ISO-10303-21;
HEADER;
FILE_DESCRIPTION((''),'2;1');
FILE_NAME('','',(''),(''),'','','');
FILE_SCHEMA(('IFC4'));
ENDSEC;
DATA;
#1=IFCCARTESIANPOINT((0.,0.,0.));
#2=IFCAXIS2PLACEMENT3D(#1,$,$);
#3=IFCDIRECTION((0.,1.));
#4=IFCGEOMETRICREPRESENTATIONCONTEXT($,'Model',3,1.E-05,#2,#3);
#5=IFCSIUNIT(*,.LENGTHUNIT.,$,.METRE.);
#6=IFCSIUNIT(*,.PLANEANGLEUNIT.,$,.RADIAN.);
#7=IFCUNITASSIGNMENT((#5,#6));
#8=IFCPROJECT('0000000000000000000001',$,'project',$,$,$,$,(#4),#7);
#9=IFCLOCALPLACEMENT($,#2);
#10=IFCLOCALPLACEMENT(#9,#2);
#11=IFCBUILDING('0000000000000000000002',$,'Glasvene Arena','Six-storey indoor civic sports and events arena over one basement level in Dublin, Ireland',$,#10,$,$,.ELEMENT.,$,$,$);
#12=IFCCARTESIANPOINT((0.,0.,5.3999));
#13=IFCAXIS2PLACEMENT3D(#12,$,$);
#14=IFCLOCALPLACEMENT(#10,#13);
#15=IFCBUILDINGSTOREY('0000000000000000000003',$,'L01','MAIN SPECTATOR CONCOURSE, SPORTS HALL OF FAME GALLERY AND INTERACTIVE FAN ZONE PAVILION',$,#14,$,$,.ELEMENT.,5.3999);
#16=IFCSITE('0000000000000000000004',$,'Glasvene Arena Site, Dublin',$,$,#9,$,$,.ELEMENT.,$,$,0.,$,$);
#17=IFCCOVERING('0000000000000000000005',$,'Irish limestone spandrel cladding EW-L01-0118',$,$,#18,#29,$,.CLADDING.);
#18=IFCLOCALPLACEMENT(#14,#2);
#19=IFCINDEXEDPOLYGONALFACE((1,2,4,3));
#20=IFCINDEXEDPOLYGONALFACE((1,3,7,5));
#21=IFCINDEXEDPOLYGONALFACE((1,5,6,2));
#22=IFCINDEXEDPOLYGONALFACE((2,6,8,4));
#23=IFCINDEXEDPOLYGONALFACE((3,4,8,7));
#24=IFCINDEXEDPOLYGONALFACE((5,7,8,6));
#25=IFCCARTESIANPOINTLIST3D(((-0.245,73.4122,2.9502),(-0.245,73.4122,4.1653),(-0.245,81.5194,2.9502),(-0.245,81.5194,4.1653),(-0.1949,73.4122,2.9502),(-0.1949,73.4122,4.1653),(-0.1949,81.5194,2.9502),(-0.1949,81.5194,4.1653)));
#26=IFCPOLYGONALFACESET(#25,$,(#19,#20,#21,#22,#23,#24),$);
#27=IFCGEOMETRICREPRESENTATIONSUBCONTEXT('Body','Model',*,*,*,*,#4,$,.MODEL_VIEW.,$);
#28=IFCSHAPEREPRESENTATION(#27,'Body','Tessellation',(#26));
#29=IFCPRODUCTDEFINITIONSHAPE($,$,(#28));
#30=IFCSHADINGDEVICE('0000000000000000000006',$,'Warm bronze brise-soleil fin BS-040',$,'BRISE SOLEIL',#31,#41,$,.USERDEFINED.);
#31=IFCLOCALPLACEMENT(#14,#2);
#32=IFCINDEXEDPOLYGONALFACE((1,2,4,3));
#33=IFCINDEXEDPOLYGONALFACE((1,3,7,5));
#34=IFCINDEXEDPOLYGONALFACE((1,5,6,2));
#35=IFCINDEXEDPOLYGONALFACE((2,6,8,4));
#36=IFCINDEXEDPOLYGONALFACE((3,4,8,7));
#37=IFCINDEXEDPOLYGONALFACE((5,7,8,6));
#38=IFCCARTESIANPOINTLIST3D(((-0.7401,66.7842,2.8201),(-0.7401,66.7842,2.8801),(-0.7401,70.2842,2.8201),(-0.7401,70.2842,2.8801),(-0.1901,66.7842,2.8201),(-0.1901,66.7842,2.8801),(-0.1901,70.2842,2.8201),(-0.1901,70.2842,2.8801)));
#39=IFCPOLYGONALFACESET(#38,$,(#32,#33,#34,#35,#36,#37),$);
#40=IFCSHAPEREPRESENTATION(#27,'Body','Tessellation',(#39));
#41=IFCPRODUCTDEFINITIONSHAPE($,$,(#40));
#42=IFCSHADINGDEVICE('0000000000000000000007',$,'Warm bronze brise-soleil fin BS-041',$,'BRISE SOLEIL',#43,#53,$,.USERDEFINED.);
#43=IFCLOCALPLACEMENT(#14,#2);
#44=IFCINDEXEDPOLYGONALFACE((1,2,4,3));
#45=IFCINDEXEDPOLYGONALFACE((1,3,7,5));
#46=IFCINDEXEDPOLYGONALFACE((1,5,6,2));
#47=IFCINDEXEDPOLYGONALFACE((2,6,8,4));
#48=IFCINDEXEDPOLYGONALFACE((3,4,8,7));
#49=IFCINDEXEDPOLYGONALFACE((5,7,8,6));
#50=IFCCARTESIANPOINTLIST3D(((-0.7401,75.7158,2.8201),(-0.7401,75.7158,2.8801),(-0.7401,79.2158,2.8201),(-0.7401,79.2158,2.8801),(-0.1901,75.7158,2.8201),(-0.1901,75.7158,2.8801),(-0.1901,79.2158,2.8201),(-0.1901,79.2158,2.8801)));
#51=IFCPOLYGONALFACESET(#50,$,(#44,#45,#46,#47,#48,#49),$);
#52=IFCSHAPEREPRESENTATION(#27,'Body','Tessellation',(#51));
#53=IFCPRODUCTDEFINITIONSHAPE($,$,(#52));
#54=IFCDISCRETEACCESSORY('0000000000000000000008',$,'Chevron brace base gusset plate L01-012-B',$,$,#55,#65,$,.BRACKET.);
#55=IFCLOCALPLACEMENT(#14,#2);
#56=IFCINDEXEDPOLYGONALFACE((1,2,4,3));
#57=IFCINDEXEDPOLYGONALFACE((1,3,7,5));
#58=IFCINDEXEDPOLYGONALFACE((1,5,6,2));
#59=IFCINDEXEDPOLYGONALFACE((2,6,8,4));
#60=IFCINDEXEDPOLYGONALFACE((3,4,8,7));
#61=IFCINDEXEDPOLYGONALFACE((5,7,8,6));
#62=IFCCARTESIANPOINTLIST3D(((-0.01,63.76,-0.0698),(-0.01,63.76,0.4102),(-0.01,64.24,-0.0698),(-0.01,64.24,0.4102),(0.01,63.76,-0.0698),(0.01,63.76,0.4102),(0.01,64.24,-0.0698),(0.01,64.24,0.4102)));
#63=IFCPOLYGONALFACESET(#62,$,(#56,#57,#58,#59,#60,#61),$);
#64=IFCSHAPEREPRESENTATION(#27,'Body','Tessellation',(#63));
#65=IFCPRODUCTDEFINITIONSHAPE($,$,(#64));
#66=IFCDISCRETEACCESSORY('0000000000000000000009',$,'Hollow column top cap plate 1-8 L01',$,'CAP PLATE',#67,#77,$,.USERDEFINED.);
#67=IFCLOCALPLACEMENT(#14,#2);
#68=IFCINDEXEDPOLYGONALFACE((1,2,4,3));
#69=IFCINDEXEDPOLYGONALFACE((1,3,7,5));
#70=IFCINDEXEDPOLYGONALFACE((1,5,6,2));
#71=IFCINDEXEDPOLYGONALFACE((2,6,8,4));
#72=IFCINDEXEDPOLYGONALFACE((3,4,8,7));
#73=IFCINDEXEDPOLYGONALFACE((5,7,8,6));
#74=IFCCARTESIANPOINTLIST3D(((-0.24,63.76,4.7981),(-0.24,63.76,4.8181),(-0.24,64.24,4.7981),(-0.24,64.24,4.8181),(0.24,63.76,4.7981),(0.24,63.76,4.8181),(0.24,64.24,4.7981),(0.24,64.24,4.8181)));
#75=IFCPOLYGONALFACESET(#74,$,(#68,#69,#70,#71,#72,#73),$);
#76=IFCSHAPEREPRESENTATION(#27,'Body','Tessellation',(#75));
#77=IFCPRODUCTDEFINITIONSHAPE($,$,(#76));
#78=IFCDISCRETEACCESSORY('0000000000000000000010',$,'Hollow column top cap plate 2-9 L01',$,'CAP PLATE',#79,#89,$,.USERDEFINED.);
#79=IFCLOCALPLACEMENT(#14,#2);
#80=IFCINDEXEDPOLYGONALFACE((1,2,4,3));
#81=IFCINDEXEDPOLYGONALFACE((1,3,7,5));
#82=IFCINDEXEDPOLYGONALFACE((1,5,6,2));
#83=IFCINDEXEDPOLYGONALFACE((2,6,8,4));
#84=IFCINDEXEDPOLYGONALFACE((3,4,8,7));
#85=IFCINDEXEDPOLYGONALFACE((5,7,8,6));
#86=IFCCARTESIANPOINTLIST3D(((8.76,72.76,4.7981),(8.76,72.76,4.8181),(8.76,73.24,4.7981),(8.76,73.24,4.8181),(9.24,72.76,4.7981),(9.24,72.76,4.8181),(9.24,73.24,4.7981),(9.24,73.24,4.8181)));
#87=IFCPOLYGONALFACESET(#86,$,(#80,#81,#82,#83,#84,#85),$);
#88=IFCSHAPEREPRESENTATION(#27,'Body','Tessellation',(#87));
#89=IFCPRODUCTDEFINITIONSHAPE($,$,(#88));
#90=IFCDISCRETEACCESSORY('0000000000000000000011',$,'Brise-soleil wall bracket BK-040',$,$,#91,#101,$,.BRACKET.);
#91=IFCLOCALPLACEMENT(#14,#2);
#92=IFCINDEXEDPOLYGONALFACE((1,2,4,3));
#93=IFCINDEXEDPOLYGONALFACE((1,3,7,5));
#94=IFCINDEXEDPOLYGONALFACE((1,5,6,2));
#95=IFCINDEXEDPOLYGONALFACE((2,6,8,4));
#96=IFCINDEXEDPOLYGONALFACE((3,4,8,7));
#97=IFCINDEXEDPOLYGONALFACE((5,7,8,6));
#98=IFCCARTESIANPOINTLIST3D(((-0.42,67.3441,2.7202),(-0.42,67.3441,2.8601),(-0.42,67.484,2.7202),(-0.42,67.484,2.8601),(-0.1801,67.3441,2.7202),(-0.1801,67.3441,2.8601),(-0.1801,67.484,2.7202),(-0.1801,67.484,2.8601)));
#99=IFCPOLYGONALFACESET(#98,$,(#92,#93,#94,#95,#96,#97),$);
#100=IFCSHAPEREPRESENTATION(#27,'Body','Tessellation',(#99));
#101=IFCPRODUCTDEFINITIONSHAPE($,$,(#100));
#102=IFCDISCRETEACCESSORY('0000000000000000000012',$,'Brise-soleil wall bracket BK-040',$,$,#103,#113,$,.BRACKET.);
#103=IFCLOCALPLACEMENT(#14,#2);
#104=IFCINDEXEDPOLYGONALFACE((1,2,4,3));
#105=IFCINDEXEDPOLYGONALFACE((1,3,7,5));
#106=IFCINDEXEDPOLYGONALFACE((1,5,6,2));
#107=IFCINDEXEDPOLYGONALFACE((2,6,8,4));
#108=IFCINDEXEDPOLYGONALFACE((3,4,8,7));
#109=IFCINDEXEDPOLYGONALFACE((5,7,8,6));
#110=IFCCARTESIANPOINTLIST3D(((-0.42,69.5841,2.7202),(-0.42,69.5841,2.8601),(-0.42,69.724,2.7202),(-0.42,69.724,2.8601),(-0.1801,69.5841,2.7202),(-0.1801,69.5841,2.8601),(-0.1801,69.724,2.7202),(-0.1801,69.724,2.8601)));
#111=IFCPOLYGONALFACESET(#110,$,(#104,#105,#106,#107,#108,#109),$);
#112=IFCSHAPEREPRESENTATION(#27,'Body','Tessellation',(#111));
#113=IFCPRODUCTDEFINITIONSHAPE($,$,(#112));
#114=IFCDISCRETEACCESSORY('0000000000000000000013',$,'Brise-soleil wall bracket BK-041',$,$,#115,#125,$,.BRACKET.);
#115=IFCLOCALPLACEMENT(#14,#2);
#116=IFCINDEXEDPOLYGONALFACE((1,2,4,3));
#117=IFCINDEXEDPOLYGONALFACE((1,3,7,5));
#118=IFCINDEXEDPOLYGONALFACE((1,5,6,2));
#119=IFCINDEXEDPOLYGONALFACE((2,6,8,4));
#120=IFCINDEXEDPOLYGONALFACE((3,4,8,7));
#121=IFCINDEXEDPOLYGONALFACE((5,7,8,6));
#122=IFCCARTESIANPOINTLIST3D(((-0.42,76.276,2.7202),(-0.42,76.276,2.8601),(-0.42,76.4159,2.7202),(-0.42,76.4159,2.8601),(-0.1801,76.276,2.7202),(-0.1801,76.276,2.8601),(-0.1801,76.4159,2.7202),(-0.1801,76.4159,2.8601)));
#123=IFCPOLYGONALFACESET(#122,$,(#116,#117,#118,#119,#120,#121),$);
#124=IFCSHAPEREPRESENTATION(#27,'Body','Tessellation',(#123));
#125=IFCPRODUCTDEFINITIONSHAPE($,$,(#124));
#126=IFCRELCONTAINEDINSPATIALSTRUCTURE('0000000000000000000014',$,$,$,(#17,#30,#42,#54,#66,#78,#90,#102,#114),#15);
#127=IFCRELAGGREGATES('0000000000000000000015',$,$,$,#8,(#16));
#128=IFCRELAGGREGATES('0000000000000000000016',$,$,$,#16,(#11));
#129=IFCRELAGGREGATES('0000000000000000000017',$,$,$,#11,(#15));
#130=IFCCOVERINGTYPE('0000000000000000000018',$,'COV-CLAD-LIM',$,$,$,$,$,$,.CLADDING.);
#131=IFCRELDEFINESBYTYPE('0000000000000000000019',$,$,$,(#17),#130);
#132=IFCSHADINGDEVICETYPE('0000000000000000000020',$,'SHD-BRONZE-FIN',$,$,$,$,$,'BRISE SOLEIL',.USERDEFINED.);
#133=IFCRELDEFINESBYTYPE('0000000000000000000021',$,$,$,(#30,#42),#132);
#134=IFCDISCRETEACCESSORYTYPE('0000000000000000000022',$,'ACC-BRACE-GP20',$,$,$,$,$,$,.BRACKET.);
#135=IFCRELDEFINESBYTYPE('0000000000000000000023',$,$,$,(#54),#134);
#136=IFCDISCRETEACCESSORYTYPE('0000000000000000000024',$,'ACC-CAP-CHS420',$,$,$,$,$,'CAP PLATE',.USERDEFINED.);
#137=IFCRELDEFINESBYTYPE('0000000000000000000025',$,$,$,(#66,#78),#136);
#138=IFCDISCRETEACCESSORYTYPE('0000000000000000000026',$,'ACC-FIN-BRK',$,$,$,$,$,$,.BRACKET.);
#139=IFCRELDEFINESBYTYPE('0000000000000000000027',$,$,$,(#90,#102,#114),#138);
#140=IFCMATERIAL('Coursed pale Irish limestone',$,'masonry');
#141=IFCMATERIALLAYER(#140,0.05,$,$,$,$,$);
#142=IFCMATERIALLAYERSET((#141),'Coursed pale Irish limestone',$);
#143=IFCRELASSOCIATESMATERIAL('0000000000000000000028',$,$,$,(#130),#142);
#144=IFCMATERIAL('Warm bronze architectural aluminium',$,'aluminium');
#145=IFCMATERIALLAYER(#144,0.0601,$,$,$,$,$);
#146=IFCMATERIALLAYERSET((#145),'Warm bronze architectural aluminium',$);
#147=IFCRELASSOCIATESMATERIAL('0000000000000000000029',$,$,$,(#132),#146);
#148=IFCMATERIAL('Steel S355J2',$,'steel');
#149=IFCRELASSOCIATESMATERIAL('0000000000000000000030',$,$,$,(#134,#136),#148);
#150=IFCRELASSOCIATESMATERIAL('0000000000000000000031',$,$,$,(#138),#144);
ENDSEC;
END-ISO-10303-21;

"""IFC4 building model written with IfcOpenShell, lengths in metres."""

from ifc_helpers import new_model, si_unit, direction, frame, origin, origin_2d, place, context, subcontext, project, spatial, rectangle, extrude, material, layer, layer_set, type_object, element, save


model = new_model("IFC4")

# Units and contexts
model_context = context("Model", 3, precision=1e-05, world=origin(), true_north=direction((0.0, 1.0)))
body_context = subcontext(model_context, "Body", "Model", "MODEL_VIEW")
ifc_project = project(units=[si_unit("LENGTHUNIT", "METRE"), si_unit("PLANEANGLEUNIT", "RADIAN")], contexts=[model_context])

# Site, building, storey
site_placement = place(None, origin())
site = spatial("IfcSite", under=ifc_project, at=site_placement, Name="Glasvene Arena Site, Dublin", CompositionType="ELEMENT", RefElevation=0.0)
building_placement = place(site_placement, origin())
building = spatial("IfcBuilding", under=site, at=building_placement, Name="Glasvene Arena", Description="Six-storey indoor civic sports and events arena over one basement level in Dublin, Ireland", CompositionType="ELEMENT")
storey_placement = place(building_placement, frame((0.0, 0.0, 5.3999)))
storey = spatial("IfcBuildingStorey", under=building, at=storey_placement, Name="L01", Description="MAIN SPECTATOR CONCOURSE, SPORTS HALL OF FAME GALLERY AND INTERACTIVE FAN ZONE PAVILION", CompositionType="ELEMENT", Elevation=5.3999)

# Shared definitions
ifc_material_1 = material(Name="Steel S355J2", Category="steel")

# Shared definitions
ifc_material_2 = material(Name="Coursed pale Irish limestone", Category="masonry")

# Covering
ifc_layer_1 = layer(ifc_material_2, 0.05)
ifc_layer_set_1 = layer_set([ifc_layer_1], Name="Coursed pale Irish limestone")
covering_type = type_object("IfcCoveringType", Name="COV-CLAD-LIM", PredefinedType="CLADDING", material=ifc_layer_set_1)
covering_placement = place(storey_placement, frame((-0.22, 77.4658, 2.9502), z_axis=(0.0, 0.0, 1.0), x_axis=(0.0, 1.0, 0.0)))
element("IfcCovering", 1, at=covering_placement, inside=storey, type_object=covering_type, Name="Irish limestone spandrel cladding EW-L01-0118", PredefinedType="CLADDING", context=body_context, shape_type="SweptSolid", body=[
    extrude(rectangle(XDim=8.1072, YDim=0.05, at=origin_2d()), origin(), (0.0, 0.0, 1.0), 1.2151),
])

# Shading devices
ifc_material_3 = material(Name="Warm bronze architectural aluminium", Category="aluminium")
ifc_layer_2 = layer(ifc_material_3, 0.0601)
ifc_layer_set_2 = layer_set([ifc_layer_2], Name="Warm bronze architectural aluminium")
shading_device_type = type_object("IfcShadingDeviceType", Name="SHD-BRONZE-FIN", ElementType="BRISE SOLEIL", PredefinedType="USERDEFINED", material=ifc_layer_set_2)
for number, where, z_axis, x_axis, name in (
    (2, (-0.4651, 68.5342, 2.8201), (0.0, 0.0, 1.0), (0.0, 1.0, 0.0), "Warm bronze brise-soleil fin BS-040"),
    (3, (-0.4651, 77.4658, 2.8201), (0.0, 0.0, 1.0), (0.0, 1.0, 0.0), "Warm bronze brise-soleil fin BS-041"),
):
    element("IfcShadingDevice", number, at=place(storey_placement, frame(where, z_axis=z_axis, x_axis=x_axis)), inside=storey, type_object=shading_device_type, Name=name, ObjectType="BRISE SOLEIL", PredefinedType="USERDEFINED", context=body_context, shape_type="SweptSolid", body=[
        extrude(rectangle(XDim=3.5, YDim=0.55, at=origin_2d()), origin(), (0.0, 0.0, 1.0), 0.0601),
    ])

# Discrete accessories
discrete_accessory_type_1 = type_object("IfcDiscreteAccessoryType", Name="ACC-BRACE-GP20", PredefinedType="BRACKET", material=ifc_material_1)
discrete_accessory_placement = place(storey_placement, frame((0.0, 64.0, -0.0698), z_axis=(0.0, 0.0, 1.0), x_axis=(1.0, 0.0, 0.0)))
element("IfcDiscreteAccessory", 4, at=discrete_accessory_placement, inside=storey, type_object=discrete_accessory_type_1, Name="Chevron brace base gusset plate L01-012-B", PredefinedType="BRACKET", context=body_context, shape_type="SweptSolid", body=[
    extrude(rectangle(XDim=0.02, YDim=0.48, at=origin_2d()), origin(), (0.0, 0.0, 1.0), 0.48),
])
discrete_accessory_type_2 = type_object("IfcDiscreteAccessoryType", Name="ACC-CAP-CHS420", ElementType="CAP PLATE", PredefinedType="USERDEFINED", material=ifc_material_1)
for number, where, z_axis, x_axis, name in (
    (5, (0.0, 64.0, 4.7981), (0.0, 0.0, 1.0), (1.0, 0.0, 0.0), "Hollow column top cap plate 1-8 L01"),
    (6, (9.0, 73.0, 4.7981), (0.0, 0.0, 1.0), (1.0, 0.0, 0.0), "Hollow column top cap plate 2-9 L01"),
):
    element("IfcDiscreteAccessory", number, at=place(storey_placement, frame(where, z_axis=z_axis, x_axis=x_axis)), inside=storey, type_object=discrete_accessory_type_2, Name=name, ObjectType="CAP PLATE", PredefinedType="USERDEFINED", context=body_context, shape_type="SweptSolid", body=[
        extrude(rectangle(XDim=0.48, YDim=0.48, at=origin_2d()), origin(), (0.0, 0.0, 1.0), 0.02),
    ])
discrete_accessory_type_3 = type_object("IfcDiscreteAccessoryType", Name="ACC-FIN-BRK", PredefinedType="BRACKET", material=ifc_material_3)
for number, where, z_axis, x_axis, name in (
    (7, (-0.3, 67.4141, 2.7202), (0.0, 0.0, 1.0), (0.0, 1.0, 0.0), "Brise-soleil wall bracket BK-040"),
    (8, (-0.3, 69.6541, 2.7202), (0.0, 0.0, 1.0), (0.0, 1.0, 0.0), "Brise-soleil wall bracket BK-040"),
    (9, (-0.3, 76.3459, 2.7202), (0.0, 0.0, 1.0), (0.0, 1.0, 0.0), "Brise-soleil wall bracket BK-041"),
):
    element("IfcDiscreteAccessory", number, at=place(storey_placement, frame(where, z_axis=z_axis, x_axis=x_axis)), inside=storey, type_object=discrete_accessory_type_3, Name=name, PredefinedType="BRACKET", context=body_context, shape_type="SweptSolid", body=[
        extrude(rectangle(XDim=0.1399, YDim=0.24, at=origin_2d()), origin(), (0.0, 0.0, 1.0), 0.1399),
    ])

save(model, "model.ifc")
